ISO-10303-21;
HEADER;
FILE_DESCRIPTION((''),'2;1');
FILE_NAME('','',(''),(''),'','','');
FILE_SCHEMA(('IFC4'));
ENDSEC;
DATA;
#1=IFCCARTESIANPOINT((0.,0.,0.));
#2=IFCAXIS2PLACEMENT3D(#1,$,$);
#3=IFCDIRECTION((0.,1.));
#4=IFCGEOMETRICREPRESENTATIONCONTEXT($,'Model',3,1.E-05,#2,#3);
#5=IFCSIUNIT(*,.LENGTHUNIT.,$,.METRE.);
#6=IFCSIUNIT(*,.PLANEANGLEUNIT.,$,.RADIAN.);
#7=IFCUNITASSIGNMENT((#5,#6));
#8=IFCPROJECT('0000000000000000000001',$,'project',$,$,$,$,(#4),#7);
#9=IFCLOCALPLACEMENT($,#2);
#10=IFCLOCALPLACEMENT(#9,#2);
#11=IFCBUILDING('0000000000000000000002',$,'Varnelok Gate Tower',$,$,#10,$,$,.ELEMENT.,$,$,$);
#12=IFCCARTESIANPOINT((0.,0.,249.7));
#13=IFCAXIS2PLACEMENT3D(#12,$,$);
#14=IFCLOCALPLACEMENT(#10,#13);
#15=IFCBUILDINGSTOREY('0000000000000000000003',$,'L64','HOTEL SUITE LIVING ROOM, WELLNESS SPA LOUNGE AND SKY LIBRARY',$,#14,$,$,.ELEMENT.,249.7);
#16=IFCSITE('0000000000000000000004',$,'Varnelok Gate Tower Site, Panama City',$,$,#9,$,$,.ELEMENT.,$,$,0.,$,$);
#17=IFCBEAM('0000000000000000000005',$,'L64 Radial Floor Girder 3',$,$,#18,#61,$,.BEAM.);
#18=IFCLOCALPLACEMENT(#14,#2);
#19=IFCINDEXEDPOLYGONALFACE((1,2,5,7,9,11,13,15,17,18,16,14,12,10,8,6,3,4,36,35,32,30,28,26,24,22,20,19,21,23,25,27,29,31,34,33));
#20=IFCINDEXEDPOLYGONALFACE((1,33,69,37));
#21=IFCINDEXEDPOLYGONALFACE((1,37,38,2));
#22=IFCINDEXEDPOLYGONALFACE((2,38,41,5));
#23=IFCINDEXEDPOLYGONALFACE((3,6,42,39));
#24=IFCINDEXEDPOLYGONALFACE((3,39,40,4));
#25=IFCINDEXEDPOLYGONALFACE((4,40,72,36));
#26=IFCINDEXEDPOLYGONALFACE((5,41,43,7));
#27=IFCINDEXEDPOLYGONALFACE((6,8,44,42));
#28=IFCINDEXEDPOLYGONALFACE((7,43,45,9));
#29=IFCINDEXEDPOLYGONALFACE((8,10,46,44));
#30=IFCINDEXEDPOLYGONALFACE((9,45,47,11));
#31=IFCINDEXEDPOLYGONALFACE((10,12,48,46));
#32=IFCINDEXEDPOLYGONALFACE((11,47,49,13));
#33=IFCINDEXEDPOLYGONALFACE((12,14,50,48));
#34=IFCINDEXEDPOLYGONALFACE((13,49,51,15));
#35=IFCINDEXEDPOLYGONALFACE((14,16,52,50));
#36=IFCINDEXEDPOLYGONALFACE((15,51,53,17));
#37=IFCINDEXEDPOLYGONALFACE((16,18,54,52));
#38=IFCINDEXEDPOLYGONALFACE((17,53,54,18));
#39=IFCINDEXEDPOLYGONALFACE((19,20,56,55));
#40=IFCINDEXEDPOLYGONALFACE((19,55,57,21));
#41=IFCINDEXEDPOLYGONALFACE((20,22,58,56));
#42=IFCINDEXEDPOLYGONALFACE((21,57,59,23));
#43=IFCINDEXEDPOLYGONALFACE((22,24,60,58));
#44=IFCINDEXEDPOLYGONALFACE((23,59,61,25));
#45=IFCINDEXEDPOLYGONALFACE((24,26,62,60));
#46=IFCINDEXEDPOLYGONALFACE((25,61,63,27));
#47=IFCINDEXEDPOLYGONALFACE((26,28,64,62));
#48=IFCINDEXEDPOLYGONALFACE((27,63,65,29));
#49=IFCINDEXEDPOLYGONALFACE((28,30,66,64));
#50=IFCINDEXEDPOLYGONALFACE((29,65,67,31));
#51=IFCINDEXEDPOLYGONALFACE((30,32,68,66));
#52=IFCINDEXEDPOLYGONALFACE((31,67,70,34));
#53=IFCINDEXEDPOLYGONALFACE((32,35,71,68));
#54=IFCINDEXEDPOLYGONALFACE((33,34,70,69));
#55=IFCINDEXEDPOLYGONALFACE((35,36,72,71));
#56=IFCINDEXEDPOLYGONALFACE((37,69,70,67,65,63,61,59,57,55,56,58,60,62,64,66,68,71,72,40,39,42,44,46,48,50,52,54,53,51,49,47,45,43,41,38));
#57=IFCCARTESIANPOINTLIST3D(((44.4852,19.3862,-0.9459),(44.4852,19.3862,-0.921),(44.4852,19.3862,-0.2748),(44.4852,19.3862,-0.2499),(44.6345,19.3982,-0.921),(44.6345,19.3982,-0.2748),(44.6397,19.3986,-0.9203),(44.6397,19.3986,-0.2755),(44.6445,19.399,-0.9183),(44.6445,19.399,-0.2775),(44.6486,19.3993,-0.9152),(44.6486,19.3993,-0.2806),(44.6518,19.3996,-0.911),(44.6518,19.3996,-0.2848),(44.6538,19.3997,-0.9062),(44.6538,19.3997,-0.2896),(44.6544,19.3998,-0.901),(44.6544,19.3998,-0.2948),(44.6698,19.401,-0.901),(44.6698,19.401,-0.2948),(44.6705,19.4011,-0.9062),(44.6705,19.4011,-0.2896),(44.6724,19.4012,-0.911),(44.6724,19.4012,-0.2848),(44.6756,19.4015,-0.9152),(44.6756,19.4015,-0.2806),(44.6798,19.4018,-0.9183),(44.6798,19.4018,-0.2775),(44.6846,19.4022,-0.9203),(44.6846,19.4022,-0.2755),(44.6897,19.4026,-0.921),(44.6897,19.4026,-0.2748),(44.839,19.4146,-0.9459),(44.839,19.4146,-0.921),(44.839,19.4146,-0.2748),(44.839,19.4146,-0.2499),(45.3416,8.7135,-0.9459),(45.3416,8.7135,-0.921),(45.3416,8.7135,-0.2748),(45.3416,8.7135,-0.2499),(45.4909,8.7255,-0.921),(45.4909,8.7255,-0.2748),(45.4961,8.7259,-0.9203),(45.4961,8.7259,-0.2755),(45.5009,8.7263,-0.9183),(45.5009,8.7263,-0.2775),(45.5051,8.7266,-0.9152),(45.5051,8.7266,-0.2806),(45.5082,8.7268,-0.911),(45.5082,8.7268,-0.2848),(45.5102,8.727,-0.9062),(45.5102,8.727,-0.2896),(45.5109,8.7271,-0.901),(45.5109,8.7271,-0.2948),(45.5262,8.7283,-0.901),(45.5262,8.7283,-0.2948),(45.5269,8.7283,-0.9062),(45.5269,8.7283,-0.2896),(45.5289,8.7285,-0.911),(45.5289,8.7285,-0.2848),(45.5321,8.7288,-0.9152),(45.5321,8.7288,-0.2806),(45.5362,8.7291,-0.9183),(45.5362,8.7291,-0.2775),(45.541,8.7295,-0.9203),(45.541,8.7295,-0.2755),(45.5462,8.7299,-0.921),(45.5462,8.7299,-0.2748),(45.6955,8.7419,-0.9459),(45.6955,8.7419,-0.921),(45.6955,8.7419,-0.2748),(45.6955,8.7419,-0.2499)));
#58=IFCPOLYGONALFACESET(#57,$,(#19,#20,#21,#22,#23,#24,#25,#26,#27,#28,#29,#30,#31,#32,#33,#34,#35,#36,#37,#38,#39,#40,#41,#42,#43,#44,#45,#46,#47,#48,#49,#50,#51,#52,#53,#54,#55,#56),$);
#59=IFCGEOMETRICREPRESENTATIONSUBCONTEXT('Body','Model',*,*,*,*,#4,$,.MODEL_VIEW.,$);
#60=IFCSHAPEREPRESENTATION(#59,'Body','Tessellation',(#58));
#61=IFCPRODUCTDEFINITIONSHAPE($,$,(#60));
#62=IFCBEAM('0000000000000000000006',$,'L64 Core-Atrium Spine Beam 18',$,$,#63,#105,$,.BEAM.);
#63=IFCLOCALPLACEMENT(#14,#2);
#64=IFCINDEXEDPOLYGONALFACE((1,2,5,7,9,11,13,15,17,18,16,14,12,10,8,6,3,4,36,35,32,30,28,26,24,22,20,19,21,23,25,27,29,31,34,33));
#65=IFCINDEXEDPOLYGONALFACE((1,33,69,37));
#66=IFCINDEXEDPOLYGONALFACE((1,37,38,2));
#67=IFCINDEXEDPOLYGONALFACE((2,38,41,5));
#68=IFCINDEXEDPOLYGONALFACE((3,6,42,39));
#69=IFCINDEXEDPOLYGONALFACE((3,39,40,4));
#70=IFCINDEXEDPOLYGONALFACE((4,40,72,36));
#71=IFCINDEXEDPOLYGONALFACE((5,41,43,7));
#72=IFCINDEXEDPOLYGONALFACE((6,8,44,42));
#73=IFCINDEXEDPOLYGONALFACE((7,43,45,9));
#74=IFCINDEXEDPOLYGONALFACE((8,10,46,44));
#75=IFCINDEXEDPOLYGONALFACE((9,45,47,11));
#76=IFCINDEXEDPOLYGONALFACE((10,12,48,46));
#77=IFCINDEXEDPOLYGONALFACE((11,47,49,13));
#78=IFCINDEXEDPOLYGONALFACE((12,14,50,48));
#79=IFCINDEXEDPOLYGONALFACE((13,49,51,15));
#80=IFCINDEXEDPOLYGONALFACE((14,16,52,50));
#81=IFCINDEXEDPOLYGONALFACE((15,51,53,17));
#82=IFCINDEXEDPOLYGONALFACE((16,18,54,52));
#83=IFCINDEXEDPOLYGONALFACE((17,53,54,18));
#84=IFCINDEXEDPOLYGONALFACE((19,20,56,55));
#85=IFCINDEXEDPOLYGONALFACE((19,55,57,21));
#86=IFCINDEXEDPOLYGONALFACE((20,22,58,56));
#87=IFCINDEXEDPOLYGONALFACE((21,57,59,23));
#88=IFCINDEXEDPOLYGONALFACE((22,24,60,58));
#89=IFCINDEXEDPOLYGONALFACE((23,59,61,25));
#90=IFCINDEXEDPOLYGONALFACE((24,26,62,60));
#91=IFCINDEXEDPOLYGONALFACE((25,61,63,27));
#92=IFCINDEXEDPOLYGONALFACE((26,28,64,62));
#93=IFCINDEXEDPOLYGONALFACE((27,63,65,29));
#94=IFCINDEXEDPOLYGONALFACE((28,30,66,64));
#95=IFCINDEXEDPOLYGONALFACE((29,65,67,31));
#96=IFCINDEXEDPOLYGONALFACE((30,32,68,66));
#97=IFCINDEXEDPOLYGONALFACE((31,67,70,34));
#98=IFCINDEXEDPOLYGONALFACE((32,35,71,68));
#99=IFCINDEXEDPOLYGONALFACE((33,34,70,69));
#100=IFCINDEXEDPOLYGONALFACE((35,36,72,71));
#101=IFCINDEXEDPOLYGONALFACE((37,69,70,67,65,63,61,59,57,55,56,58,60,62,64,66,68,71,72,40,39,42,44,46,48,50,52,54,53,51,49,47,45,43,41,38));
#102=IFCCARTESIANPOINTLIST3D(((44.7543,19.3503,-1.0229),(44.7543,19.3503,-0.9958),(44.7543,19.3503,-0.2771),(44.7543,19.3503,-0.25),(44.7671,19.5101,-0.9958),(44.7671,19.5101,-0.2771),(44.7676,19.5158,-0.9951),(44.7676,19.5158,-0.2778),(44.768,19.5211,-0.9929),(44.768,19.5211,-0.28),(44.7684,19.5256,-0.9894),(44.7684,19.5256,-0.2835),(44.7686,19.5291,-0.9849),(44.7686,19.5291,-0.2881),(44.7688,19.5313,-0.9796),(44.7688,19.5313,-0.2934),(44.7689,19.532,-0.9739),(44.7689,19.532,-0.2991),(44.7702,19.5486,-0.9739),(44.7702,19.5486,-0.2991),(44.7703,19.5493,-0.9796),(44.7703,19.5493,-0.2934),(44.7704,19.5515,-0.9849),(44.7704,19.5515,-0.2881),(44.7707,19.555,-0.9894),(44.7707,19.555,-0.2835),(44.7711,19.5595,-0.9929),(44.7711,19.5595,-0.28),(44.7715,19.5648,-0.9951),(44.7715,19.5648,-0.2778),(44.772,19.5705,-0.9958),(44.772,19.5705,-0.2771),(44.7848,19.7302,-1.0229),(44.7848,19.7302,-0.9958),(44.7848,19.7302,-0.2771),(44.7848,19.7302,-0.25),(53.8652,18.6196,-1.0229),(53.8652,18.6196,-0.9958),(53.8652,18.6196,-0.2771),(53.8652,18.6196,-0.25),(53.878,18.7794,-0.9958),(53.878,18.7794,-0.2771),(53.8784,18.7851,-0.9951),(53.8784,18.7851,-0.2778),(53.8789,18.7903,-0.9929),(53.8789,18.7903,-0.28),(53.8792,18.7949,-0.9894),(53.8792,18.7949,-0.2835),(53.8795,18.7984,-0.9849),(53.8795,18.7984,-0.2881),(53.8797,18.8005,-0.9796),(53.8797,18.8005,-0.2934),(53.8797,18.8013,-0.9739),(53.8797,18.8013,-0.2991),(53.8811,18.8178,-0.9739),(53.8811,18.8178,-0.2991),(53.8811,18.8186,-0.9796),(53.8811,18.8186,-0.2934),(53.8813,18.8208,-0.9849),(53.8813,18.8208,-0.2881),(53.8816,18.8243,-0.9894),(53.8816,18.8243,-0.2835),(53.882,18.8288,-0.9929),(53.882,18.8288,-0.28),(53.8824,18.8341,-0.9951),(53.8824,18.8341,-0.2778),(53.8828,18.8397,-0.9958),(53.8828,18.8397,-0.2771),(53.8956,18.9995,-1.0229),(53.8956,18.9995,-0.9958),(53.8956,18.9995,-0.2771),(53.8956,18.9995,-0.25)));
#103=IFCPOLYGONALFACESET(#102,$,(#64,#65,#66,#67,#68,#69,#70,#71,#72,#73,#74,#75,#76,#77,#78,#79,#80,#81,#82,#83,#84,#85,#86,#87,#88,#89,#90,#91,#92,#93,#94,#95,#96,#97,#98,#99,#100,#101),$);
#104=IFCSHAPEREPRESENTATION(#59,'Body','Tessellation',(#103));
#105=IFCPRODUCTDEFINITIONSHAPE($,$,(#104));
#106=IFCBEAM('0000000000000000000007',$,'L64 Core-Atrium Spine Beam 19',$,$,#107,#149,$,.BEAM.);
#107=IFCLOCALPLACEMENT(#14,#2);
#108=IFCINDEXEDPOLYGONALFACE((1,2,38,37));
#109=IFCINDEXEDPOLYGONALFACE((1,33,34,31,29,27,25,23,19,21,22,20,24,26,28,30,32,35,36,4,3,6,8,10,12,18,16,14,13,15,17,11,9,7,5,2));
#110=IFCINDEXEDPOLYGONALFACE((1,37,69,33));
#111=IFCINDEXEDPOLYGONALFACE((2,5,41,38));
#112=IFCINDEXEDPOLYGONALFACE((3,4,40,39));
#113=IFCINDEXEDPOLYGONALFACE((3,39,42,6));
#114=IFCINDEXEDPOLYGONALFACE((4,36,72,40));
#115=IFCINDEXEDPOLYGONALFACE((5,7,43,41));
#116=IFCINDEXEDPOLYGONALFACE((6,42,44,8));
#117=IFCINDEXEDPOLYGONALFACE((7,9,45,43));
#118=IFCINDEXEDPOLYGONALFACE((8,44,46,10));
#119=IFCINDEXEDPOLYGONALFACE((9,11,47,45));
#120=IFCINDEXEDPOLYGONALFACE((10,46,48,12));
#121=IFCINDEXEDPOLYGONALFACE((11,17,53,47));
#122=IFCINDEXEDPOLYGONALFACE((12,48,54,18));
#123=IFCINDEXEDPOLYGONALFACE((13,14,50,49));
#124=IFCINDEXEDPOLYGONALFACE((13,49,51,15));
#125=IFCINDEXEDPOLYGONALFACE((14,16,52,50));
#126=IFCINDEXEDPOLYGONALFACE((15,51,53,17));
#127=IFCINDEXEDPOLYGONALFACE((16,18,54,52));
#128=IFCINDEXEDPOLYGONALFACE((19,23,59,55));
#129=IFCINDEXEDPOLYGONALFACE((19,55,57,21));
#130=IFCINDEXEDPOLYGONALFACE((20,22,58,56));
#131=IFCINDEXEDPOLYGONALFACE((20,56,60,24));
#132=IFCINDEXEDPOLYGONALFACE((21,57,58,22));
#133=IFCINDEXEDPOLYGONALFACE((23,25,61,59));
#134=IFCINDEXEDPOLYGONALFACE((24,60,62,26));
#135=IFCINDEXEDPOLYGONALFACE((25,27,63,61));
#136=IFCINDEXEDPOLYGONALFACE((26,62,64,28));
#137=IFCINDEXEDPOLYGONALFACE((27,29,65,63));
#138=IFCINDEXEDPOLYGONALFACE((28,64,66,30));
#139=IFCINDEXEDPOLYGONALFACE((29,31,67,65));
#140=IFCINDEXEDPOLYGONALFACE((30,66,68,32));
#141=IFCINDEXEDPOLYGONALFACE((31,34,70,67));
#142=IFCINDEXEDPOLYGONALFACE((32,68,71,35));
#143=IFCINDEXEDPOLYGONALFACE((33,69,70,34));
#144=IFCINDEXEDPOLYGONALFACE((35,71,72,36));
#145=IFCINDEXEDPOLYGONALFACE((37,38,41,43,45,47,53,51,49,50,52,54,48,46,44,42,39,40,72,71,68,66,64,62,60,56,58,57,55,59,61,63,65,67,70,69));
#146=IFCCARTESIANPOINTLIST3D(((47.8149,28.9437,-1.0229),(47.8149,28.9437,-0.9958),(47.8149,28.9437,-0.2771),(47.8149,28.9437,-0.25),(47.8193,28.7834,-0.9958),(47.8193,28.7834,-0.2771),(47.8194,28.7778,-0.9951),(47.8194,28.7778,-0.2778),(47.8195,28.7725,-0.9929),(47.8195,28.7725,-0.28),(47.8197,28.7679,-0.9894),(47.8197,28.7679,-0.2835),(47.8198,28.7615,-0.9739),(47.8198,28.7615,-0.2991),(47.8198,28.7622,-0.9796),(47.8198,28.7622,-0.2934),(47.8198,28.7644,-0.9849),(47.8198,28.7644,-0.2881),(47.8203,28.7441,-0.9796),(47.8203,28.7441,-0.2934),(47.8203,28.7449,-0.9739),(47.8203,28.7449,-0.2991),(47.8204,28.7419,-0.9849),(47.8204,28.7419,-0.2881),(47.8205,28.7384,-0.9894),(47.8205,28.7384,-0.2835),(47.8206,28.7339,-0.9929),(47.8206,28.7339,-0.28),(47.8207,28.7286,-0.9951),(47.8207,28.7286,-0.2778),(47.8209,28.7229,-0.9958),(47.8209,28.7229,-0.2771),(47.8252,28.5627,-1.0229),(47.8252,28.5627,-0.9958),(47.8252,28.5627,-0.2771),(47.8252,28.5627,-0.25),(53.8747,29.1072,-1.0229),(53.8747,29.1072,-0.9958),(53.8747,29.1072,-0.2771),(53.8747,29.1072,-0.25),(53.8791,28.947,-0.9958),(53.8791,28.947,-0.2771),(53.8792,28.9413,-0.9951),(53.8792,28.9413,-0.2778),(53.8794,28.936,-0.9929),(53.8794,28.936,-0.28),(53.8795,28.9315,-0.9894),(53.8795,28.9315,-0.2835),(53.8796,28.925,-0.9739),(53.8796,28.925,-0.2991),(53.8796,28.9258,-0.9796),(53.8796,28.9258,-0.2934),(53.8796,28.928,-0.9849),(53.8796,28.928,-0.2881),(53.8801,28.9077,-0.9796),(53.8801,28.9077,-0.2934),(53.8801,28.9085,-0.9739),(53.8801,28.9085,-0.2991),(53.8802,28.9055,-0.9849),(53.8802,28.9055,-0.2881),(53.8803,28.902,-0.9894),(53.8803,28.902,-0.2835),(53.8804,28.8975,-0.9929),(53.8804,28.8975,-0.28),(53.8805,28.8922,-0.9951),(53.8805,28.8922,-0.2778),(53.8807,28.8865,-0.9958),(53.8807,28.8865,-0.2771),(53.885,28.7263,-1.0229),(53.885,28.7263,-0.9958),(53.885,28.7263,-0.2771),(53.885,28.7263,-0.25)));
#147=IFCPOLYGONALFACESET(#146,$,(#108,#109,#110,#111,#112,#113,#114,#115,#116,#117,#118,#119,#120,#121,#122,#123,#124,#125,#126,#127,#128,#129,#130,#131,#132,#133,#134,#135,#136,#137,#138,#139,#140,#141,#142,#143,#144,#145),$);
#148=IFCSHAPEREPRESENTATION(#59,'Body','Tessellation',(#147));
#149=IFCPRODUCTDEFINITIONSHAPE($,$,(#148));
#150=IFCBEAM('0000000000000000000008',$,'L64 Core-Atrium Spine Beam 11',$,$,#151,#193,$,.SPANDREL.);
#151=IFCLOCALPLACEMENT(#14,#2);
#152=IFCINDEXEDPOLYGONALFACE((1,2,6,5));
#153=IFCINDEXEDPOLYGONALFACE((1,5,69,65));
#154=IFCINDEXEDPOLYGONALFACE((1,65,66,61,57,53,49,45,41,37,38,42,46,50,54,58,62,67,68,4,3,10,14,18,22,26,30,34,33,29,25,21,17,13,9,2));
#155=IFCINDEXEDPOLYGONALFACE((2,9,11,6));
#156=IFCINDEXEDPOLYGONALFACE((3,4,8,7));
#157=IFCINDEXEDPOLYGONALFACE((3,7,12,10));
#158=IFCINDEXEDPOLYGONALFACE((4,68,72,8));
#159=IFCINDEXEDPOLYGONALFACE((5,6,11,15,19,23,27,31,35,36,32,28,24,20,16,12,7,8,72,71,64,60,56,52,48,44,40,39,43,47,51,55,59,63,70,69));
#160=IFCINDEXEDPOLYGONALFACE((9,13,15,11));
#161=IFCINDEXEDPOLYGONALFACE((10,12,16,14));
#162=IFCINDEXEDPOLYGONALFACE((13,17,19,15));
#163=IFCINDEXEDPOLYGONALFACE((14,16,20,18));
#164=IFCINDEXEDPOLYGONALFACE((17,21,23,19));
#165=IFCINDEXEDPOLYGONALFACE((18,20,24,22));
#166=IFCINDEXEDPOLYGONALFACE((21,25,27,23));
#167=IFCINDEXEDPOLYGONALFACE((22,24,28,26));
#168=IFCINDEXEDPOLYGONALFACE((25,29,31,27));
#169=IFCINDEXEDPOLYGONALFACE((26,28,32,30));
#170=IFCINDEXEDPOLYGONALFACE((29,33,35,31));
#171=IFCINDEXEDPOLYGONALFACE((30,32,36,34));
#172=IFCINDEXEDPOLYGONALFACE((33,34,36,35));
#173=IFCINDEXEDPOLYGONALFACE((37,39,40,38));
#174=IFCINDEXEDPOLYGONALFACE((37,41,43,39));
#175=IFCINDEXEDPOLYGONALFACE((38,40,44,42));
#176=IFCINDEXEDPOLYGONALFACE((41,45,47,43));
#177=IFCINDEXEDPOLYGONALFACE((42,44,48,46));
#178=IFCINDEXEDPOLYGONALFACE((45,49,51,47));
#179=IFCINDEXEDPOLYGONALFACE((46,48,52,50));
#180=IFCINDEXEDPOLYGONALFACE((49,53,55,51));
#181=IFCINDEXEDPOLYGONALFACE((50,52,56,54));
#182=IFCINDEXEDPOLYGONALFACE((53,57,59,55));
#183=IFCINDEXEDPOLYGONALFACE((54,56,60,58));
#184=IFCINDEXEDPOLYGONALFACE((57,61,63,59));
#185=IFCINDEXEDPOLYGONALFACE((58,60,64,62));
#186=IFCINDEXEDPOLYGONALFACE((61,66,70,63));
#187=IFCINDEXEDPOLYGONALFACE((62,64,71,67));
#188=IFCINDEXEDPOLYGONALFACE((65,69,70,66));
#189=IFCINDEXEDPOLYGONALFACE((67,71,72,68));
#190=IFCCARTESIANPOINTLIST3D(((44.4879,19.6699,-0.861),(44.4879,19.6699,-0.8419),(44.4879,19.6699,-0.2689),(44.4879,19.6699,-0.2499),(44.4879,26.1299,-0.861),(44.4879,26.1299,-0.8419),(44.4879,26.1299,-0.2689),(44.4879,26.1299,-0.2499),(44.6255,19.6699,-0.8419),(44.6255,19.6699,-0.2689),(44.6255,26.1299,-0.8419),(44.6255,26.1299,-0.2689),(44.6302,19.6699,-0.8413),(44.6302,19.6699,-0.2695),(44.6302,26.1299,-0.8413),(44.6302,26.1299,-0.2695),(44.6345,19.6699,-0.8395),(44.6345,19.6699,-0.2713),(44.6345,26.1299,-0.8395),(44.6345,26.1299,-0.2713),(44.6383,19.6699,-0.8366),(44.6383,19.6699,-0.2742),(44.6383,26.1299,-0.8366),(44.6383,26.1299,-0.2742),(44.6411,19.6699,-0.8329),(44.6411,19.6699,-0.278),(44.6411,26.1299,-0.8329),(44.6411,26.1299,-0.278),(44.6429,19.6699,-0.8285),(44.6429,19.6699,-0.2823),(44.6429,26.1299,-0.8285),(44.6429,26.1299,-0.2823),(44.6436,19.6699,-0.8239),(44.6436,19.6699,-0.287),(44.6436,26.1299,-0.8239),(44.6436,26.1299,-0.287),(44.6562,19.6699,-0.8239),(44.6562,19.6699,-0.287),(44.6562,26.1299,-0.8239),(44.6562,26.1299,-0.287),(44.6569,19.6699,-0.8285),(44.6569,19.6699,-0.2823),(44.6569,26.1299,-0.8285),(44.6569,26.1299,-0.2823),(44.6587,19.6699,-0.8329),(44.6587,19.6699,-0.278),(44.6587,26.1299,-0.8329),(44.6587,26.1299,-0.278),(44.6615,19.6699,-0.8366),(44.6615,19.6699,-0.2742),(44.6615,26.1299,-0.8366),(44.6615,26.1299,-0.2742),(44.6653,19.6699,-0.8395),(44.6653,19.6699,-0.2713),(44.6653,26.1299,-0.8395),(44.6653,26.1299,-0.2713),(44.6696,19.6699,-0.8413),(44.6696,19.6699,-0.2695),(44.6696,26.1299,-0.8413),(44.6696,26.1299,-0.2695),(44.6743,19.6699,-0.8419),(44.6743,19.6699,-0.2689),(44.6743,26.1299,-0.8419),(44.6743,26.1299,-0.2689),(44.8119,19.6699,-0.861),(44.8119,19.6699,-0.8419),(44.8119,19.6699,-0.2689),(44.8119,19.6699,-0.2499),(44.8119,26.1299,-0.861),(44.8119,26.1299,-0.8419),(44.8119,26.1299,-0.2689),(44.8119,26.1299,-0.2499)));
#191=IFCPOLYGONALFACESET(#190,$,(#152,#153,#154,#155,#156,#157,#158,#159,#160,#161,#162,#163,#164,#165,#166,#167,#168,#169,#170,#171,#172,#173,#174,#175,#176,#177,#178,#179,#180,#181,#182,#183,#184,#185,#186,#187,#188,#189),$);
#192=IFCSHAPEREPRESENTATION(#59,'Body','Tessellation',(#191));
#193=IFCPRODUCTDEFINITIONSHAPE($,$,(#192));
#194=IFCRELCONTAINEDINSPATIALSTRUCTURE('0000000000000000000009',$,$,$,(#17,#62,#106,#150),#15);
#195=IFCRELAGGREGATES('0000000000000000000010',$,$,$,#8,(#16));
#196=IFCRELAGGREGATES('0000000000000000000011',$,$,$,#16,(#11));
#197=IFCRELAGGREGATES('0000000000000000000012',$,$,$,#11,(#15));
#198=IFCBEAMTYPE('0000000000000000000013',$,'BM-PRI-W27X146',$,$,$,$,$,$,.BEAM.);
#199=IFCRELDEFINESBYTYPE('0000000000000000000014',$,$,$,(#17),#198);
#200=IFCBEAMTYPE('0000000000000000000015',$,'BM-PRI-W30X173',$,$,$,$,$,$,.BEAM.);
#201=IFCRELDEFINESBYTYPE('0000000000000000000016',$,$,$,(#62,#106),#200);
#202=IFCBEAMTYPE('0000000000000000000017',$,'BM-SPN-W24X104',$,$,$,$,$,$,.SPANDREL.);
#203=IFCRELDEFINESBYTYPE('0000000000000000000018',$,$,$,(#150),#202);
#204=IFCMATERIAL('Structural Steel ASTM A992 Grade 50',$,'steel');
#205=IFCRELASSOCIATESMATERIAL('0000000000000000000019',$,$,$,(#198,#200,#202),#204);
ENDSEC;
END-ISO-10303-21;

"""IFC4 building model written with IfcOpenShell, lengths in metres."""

from ifc_helpers import new_model, si_unit, direction, frame, origin, origin_2d, place, context, subcontext, project, spatial, i_section, extrude, material, material_profile, profile_set, type_object, element, save


model = new_model("IFC4")

# Units and contexts
model_context = context("Model", 3, precision=1e-05, world=origin(), true_north=direction((0.0, 1.0)))
body_context = subcontext(model_context, "Body", "Model", "MODEL_VIEW")
ifc_project = project(units=[si_unit("LENGTHUNIT", "METRE"), si_unit("PLANEANGLEUNIT", "RADIAN")], contexts=[model_context])

# Site, building, storey
site_placement = place(None, origin())
site = spatial("IfcSite", under=ifc_project, at=site_placement, Name="Varnelok Gate Tower Site, Panama City", CompositionType="ELEMENT", RefElevation=0.0)
building_placement = place(site_placement, origin())
building = spatial("IfcBuilding", under=site, at=building_placement, Name="Varnelok Gate Tower", CompositionType="ELEMENT")
storey_placement = place(building_placement, frame((0.0, 0.0, 249.7)))
storey = spatial("IfcBuildingStorey", under=building, at=storey_placement, Name="L64", Description="HOTEL SUITE LIVING ROOM, WELLNESS SPA LOUNGE AND SKY LIBRARY", CompositionType="ELEMENT", Elevation=249.7)

# Shared definitions
ifc_material_1 = material(Name="Structural Steel ASTM A992 Grade 50", Category="steel")

# Beams
ifc_material_profile_1 = material_profile(ifc_material_1, i_section(OverallWidth=0.355, OverallDepth=0.696, WebThickness=0.0154, FlangeThickness=0.0249, FilletRadius=0.02, at=origin_2d()), Name="W27X146")
ifc_profile_set_1 = profile_set([ifc_material_profile_1], Name="Structural Steel ASTM A992 Grade 50")
beam_type_1 = type_object("IfcBeamType", Name="BM-PRI-W27X146", PredefinedType="BEAM", material=ifc_profile_set_1)
beam_1_placement = place(storey_placement, frame((44.6621, 19.4004, -0.5979), z_axis=(0.07999, -0.996796, 0.0), x_axis=(0.996796, 0.07999, 0.0)))
element("IfcBeam", 1, at=beam_1_placement, inside=storey, type_object=beam_type_1, Name="L64 Radial Floor Girder 3", PredefinedType="BEAM", context=body_context, shape_type="SweptSolid", body=[
    extrude(i_section(OverallWidth=0.355, OverallDepth=0.696, WebThickness=0.0154, FlangeThickness=0.0249, FilletRadius=0.02, at=origin_2d()), origin(), (0.0, 0.0, 1.0), 10.707),
])
ifc_material_profile_2 = material_profile(ifc_material_1, i_section(OverallWidth=0.3811, OverallDepth=0.7729, WebThickness=0.0166, FlangeThickness=0.0271, FilletRadius=0.022, at=origin_2d()), Name="W30X173")
ifc_profile_set_2 = profile_set([ifc_material_profile_2], Name="Structural Steel ASTM A992 Grade 50")
beam_type_2 = type_object("IfcBeamType", Name="BM-PRI-W30X173", PredefinedType="BEAM", material=ifc_profile_set_2)
beam_2_placement = place(storey_placement, frame((44.7695, 19.5403, -0.6365), z_axis=(0.996799, -0.079946, 0.0), x_axis=(0.079946, 0.996799, 0.0)))
element("IfcBeam", 2, at=beam_2_placement, inside=storey, type_object=beam_type_2, Name="L64 Core-Atrium Spine Beam 18", PredefinedType="BEAM", context=body_context, shape_type="SweptSolid", body=[
    extrude(i_section(OverallWidth=0.3811, OverallDepth=0.7729, WebThickness=0.0166, FlangeThickness=0.0271, FilletRadius=0.022, at=origin_2d()), origin(), (0.0, 0.0, 1.0), 9.1401),
])
beam_3_placement = place(storey_placement, frame((47.8201, 28.7532, -0.6365), z_axis=(0.999636, 0.026983, 0.0), x_axis=(-0.026983, 0.999636, 0.0)))
element("IfcBeam", 3, at=beam_3_placement, inside=storey, type_object=beam_type_2, Name="L64 Core-Atrium Spine Beam 19", PredefinedType="BEAM", context=body_context, shape_type="SweptSolid", body=[
    extrude(i_section(OverallWidth=0.3811, OverallDepth=0.7729, WebThickness=0.0166, FlangeThickness=0.0271, FilletRadius=0.022, at=origin_2d()), origin(), (0.0, 0.0, 1.0), 6.062),
])
ifc_material_profile_3 = material_profile(ifc_material_1, i_section(OverallWidth=0.324, OverallDepth=0.6111, WebThickness=0.0127, FlangeThickness=0.019, FilletRadius=0.0181, at=origin_2d()), Name="W24X104")
ifc_profile_set_3 = profile_set([ifc_material_profile_3], Name="Structural Steel ASTM A992 Grade 50")
beam_type_3 = type_object("IfcBeamType", Name="BM-SPN-W24X104", PredefinedType="SPANDREL", material=ifc_profile_set_3)
beam_4_placement = place(storey_placement, frame((44.6499, 19.6699, -0.5554), z_axis=(0.0, 1.0, 0.0), x_axis=(-1.0, 0.0, 0.0)))
element("IfcBeam", 4, at=beam_4_placement, inside=storey, type_object=beam_type_3, Name="L64 Core-Atrium Spine Beam 11", PredefinedType="SPANDREL", context=body_context, shape_type="SweptSolid", body=[
    extrude(i_section(OverallWidth=0.324, OverallDepth=0.6111, WebThickness=0.0127, FlangeThickness=0.019, FilletRadius=0.0181, at=origin_2d()), origin(), (0.0, 0.0, 1.0), 6.46),
])

save(model, "model.ifc")
